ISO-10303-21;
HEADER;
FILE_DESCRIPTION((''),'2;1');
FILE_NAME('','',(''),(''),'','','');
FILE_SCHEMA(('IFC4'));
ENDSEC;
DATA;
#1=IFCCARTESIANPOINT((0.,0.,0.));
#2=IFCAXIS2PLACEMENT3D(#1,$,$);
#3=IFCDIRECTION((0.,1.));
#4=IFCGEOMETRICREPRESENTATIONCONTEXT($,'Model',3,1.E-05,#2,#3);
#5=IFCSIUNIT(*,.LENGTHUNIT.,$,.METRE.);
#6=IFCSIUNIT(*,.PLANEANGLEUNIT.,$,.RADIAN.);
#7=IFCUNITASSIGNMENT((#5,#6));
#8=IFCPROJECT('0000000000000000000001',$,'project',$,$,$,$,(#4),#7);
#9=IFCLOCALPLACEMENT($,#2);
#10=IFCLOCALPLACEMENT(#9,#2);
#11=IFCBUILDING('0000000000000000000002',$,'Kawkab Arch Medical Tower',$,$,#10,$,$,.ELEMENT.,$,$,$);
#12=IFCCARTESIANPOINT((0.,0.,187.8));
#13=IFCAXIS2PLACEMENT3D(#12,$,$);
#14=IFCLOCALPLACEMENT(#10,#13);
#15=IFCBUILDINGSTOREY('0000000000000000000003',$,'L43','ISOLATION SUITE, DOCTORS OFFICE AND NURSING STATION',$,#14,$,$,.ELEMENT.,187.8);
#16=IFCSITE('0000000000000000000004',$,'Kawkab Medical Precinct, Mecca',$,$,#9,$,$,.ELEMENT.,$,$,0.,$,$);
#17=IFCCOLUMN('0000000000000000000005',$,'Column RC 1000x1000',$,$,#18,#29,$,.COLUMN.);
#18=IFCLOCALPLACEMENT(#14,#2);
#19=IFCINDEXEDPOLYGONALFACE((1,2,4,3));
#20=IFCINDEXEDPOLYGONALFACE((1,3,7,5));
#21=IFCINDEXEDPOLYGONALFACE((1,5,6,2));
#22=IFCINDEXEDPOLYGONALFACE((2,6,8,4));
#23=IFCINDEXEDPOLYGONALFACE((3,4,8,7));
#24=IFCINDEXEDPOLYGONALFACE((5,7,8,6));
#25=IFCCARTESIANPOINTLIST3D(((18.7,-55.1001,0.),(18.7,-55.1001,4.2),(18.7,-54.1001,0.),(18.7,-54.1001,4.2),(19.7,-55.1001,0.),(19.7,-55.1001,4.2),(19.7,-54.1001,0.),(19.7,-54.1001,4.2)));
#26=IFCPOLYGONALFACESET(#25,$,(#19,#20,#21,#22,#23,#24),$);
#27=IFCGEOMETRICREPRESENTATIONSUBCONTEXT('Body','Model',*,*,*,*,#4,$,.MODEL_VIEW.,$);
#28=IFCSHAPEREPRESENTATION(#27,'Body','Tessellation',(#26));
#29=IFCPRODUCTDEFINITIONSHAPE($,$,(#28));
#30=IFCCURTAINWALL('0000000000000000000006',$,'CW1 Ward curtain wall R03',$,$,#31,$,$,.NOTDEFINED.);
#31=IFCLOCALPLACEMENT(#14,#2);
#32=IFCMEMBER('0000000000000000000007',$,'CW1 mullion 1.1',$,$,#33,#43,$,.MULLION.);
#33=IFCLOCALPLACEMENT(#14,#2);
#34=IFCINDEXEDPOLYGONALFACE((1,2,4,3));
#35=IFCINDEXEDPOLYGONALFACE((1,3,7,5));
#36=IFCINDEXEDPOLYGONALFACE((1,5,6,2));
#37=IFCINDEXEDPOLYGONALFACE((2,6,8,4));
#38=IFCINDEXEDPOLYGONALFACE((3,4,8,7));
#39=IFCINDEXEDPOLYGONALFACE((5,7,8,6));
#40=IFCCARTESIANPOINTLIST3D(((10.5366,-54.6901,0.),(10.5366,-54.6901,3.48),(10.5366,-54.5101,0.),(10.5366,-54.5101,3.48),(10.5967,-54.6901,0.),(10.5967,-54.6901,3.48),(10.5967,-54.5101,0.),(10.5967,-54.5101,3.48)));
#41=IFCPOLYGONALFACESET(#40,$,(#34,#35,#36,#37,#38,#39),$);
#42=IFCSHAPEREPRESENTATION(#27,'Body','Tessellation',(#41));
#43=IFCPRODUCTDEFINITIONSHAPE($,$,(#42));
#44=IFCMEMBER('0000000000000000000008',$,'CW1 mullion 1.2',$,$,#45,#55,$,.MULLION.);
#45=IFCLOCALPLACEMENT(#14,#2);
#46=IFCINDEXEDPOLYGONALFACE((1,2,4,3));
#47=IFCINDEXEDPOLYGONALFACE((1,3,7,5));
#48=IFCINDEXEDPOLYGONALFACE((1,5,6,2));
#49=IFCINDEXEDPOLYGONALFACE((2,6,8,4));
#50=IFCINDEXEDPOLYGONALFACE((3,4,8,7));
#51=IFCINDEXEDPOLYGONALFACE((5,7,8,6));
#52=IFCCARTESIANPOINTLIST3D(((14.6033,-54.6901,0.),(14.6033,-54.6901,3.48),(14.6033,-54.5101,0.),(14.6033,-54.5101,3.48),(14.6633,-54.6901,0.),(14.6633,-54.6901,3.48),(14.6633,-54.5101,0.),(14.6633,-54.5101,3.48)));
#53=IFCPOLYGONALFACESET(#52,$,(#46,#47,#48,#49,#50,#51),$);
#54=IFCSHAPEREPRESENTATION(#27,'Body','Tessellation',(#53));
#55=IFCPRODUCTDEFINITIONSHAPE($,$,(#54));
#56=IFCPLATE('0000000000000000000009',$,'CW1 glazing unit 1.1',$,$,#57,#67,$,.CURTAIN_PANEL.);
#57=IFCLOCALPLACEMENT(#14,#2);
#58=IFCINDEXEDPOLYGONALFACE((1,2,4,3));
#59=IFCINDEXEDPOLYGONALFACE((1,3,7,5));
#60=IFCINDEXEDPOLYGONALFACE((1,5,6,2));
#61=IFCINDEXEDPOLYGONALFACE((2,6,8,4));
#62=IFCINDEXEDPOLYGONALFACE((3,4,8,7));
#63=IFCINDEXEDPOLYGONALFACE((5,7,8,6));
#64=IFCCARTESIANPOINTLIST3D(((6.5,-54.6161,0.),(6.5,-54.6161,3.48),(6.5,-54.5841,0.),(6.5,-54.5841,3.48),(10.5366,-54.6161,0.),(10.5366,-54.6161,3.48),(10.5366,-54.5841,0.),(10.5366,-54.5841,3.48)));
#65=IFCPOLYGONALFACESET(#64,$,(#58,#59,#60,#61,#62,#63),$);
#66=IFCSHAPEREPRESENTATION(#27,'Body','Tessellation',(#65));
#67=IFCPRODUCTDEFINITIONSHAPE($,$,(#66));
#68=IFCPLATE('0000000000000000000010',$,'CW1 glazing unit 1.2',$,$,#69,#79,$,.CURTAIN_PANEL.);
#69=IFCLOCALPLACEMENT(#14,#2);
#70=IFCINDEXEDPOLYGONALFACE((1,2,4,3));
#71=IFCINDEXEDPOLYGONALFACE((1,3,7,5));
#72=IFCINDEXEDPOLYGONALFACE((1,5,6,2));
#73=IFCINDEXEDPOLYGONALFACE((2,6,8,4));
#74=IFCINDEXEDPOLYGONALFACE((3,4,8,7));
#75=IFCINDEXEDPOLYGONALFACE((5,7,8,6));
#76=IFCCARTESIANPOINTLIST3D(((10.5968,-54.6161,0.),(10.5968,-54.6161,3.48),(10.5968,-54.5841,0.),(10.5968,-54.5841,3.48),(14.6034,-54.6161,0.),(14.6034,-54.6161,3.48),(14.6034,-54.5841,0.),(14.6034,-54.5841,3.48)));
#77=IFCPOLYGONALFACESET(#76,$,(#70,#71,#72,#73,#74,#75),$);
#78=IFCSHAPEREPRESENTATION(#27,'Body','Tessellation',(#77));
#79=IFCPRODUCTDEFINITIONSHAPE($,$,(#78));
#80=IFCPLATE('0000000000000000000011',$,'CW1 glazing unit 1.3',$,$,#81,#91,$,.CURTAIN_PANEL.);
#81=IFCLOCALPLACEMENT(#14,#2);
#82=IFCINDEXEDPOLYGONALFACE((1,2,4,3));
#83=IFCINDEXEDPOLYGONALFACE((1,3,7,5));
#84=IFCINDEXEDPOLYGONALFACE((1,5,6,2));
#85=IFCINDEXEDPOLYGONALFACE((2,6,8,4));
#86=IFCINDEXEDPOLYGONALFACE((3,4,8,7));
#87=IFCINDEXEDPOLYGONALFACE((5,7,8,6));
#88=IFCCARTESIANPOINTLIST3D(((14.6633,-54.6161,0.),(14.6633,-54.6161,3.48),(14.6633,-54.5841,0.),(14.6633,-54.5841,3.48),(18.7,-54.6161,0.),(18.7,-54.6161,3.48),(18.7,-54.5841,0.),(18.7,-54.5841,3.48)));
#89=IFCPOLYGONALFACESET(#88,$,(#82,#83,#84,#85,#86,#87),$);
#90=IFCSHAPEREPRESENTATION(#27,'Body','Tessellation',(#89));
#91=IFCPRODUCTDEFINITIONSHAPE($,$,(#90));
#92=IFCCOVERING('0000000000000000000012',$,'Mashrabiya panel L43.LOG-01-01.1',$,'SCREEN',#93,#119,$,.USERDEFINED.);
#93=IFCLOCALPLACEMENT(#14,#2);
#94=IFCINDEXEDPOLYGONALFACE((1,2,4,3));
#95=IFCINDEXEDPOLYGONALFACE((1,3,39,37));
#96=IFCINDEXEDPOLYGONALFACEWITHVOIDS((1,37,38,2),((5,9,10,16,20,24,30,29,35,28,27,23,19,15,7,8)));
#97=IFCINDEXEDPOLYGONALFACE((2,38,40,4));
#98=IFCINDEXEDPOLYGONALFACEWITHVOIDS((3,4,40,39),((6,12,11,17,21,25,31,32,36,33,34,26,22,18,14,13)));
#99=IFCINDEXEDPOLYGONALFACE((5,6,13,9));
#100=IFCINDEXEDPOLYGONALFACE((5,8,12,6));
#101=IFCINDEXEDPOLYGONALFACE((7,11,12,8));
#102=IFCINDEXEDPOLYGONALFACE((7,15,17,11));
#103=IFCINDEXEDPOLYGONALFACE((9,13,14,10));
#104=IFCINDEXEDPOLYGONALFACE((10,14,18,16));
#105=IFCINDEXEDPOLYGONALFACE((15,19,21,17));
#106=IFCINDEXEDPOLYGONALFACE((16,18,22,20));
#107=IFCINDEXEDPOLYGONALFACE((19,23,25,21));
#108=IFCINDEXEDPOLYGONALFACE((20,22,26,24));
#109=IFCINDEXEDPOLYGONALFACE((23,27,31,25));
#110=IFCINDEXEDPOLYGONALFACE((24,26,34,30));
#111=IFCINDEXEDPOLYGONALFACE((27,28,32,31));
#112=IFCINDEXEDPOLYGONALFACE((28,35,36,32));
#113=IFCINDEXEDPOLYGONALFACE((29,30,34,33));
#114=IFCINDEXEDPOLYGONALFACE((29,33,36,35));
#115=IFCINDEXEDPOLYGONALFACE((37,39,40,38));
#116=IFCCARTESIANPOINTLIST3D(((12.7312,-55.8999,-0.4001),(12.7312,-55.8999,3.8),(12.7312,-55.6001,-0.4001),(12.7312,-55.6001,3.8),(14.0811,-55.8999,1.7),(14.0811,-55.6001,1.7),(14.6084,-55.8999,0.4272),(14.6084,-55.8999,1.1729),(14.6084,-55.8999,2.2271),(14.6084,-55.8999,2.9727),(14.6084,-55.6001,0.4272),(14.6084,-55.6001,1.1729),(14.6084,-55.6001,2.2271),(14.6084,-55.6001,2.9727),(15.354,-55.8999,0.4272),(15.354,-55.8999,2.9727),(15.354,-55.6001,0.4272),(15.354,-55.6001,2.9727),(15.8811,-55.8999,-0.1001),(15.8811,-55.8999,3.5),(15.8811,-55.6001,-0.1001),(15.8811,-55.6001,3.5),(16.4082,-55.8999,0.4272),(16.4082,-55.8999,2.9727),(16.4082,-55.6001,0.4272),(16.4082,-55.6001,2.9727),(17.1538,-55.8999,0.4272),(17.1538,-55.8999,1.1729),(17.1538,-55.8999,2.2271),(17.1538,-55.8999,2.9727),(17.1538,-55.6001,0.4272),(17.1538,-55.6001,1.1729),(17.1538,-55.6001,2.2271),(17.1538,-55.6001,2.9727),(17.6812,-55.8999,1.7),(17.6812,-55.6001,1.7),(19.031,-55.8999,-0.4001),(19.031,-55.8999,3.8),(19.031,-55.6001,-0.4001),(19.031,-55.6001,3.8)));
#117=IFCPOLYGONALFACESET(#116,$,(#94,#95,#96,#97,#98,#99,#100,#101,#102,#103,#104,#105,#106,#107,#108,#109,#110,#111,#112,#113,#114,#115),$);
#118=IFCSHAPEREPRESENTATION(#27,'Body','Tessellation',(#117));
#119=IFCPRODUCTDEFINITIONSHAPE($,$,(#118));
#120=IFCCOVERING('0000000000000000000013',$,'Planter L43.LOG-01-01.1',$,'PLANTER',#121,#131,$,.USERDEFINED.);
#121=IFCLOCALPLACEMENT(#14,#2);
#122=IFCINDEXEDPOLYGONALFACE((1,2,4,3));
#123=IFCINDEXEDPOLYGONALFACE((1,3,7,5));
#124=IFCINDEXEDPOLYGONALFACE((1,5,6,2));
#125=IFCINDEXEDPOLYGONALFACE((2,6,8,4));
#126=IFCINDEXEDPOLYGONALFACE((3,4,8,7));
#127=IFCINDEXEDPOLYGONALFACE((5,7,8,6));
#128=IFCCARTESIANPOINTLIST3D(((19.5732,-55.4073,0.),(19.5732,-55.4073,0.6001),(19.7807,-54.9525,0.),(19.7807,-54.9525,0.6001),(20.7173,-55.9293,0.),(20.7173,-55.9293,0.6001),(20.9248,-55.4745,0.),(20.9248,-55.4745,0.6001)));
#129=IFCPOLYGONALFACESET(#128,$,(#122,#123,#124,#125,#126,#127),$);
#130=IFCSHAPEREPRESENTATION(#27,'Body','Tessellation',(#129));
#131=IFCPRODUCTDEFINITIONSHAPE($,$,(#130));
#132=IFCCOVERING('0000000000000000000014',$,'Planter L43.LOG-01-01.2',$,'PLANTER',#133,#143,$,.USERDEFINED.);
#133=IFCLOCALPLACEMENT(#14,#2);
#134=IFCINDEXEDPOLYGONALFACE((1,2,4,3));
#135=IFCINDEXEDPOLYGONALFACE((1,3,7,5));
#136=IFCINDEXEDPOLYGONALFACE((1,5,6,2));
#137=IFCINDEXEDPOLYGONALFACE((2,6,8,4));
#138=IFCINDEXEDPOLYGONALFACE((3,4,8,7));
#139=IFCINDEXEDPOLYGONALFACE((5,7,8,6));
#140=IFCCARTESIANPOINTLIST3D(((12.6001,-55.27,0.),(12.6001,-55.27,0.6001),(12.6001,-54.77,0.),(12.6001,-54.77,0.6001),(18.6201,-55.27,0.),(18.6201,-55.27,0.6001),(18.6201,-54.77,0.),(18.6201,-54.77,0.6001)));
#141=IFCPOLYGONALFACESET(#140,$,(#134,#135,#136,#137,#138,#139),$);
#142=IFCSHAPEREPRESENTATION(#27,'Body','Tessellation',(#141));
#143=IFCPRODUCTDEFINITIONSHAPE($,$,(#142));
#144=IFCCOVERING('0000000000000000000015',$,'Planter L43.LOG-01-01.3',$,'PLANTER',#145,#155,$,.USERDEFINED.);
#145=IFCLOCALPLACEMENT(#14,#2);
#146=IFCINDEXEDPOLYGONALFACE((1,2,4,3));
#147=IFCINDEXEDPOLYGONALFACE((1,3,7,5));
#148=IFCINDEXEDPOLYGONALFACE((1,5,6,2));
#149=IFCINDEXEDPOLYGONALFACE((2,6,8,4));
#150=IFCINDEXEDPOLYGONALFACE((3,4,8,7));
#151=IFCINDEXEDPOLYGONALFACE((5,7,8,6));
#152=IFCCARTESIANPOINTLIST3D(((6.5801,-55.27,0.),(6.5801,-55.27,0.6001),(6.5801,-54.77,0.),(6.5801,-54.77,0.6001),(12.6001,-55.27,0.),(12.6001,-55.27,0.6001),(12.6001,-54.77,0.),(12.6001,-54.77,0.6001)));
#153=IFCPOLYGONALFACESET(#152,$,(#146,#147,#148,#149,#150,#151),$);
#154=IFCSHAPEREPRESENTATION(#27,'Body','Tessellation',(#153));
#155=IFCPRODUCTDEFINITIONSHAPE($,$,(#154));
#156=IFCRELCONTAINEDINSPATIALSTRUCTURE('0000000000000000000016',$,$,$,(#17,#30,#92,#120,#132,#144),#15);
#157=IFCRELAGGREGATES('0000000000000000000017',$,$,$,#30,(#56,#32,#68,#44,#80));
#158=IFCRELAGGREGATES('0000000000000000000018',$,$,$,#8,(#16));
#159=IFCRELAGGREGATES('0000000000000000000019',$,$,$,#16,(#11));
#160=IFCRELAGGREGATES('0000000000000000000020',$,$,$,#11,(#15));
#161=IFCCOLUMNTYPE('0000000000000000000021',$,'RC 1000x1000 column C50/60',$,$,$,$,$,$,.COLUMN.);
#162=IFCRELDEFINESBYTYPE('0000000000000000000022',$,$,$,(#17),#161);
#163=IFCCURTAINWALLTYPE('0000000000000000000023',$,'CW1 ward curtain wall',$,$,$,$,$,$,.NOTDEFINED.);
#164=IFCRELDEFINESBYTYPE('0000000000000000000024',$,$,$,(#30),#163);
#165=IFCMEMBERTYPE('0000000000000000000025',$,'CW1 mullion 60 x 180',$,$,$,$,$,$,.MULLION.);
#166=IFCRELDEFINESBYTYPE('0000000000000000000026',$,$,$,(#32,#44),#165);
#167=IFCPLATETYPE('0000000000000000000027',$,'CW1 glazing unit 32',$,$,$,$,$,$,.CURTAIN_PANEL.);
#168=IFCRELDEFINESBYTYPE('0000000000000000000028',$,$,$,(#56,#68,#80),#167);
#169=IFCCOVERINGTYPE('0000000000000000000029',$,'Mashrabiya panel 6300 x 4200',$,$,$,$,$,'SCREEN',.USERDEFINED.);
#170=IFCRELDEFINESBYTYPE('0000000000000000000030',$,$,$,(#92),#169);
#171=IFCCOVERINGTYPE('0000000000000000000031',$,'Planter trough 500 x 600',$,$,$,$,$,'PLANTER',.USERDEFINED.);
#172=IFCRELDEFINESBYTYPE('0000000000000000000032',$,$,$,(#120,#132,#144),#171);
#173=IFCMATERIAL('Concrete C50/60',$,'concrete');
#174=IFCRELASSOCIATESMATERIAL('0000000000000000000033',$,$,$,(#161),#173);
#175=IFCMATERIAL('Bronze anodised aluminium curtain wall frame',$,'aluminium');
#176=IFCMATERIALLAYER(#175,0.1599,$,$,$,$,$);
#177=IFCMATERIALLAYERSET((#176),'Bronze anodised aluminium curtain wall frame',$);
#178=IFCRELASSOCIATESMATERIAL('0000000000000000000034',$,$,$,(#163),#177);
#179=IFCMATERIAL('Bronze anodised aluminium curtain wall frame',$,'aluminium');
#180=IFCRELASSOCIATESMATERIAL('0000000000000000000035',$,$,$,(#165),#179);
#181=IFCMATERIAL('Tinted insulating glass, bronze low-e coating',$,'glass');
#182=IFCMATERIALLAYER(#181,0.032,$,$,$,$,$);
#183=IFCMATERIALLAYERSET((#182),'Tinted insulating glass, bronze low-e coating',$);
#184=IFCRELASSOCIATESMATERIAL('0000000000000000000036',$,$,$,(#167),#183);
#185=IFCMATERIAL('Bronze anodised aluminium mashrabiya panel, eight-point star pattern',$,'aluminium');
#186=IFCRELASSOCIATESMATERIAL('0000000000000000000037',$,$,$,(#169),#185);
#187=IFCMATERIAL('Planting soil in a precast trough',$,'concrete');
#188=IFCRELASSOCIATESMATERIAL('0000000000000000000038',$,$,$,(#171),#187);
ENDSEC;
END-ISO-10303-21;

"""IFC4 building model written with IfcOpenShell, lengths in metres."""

from ifc_helpers import new_model, si_unit, direction, frame, origin, origin_2d, place, context, subcontext, project, spatial, polyline, rectangle, outline, extrude, material, layer, layer_set, material_profile, profile_set, type_object, element, aggregate, save


model = new_model("IFC4")

# Units and contexts
model_context = context("Model", 3, precision=1e-05, world=origin(), true_north=direction((0.0, 1.0)))
body_context = subcontext(model_context, "Body", "Model", "MODEL_VIEW")
ifc_project = project(units=[si_unit("LENGTHUNIT", "METRE"), si_unit("PLANEANGLEUNIT", "RADIAN")], contexts=[model_context])

# Site, building, storey
site_placement = place(None, origin())
site = spatial("IfcSite", under=ifc_project, at=site_placement, Name="Kawkab Medical Precinct, Mecca", CompositionType="ELEMENT", RefElevation=0.0)
building_placement = place(site_placement, origin())
building = spatial("IfcBuilding", under=site, at=building_placement, Name="Kawkab Arch Medical Tower", CompositionType="ELEMENT")
storey_placement = place(building_placement, frame((0.0, 0.0, 187.8)))
storey = spatial("IfcBuildingStorey", under=building, at=storey_placement, Name="L43", Description="ISOLATION SUITE, DOCTORS OFFICE AND NURSING STATION", CompositionType="ELEMENT", Elevation=187.8)

# Column
ifc_material_1 = material(Name="Concrete C50/60", Category="concrete")
ifc_material_profile_1 = material_profile(ifc_material_1, rectangle(XDim=1.0, YDim=1.0, at=origin_2d()), Name="RC 1000x1000")
ifc_profile_set_1 = profile_set([ifc_material_profile_1], Name="Concrete C50/60")
column_type = type_object("IfcColumnType", Name="RC 1000x1000 column C50/60", PredefinedType="COLUMN", material=ifc_profile_set_1)
column_placement = place(storey_placement, frame((19.2, -54.6001, 0.0), z_axis=(0.0, 0.0, 1.0), x_axis=(1.0, 0.0, 0.0)))
element("IfcColumn", 1, at=column_placement, inside=storey, type_object=column_type, Name="Column RC 1000x1000", PredefinedType="COLUMN", context=body_context, shape_type="SweptSolid", body=[
    extrude(rectangle(XDim=1.0, YDim=1.0, at=origin_2d()), origin(), (0.0, 0.0, 1.0), 4.2),
])

# Curtain wall, members, plates
ifc_material_2 = material(Name="Bronze anodised aluminium curtain wall frame", Category="aluminium")
ifc_layer_1 = layer(ifc_material_2, 0.1599)
ifc_layer_set_1 = layer_set([ifc_layer_1], Name="Bronze anodised aluminium curtain wall frame")
curtain_wall_type = type_object("IfcCurtainWallType", Name="CW1 ward curtain wall", PredefinedType="NOTDEFINED", material=ifc_layer_set_1)
curtain_wall_placement = place(storey_placement, origin())
curtain_wall = element("IfcCurtainWall", 2, at=curtain_wall_placement, inside=storey, type_object=curtain_wall_type, Name="CW1 Ward curtain wall R03", PredefinedType="NOTDEFINED")
ifc_material_3 = material(Name="Bronze anodised aluminium curtain wall frame", Category="aluminium")
ifc_material_profile_2 = material_profile(ifc_material_3, rectangle(XDim=0.1799, YDim=0.0601, at=origin_2d()), Name="AL 60x180")
ifc_profile_set_2 = profile_set([ifc_material_profile_2], Name="Bronze anodised aluminium curtain wall frame")
member_type = type_object("IfcMemberType", Name="CW1 mullion 60 x 180", PredefinedType="MULLION", material=ifc_profile_set_2)
member_1_placement = place(storey_placement, frame((10.5667, -54.6001, 0.0), z_axis=(0.0, 0.0, 1.0), x_axis=(0.0, 1.0, 0.0)))
member_1 = element("IfcMember", 3, at=member_1_placement, type_object=member_type, Name="CW1 mullion 1.1", PredefinedType="MULLION", context=body_context, shape_type="SweptSolid", body=[
    extrude(rectangle(XDim=0.1799, YDim=0.0601, at=origin_2d()), origin(), (0.0, 0.0, 1.0), 3.48),
])
member_2_placement = place(storey_placement, frame((14.6333, -54.6001, 0.0), z_axis=(0.0, 0.0, 1.0), x_axis=(0.0, 1.0, 0.0)))
member_2 = element("IfcMember", 4, at=member_2_placement, type_object=member_type, Name="CW1 mullion 1.2", PredefinedType="MULLION", context=body_context, shape_type="SweptSolid", body=[
    extrude(rectangle(XDim=0.1799, YDim=0.0601, at=origin_2d()), origin(), (0.0, 0.0, 1.0), 3.48),
])
ifc_material_4 = material(Name="Tinted insulating glass, bronze low-e coating", Category="glass")
ifc_layer_2 = layer(ifc_material_4, 0.032)
ifc_layer_set_2 = layer_set([ifc_layer_2], Name="Tinted insulating glass, bronze low-e coating")
plate_type = type_object("IfcPlateType", Name="CW1 glazing unit 32", PredefinedType="CURTAIN_PANEL", material=ifc_layer_set_2)
plate_1_placement = place(storey_placement, frame((8.5183, -54.6001, 0.0), z_axis=(0.0, 0.0, 1.0), x_axis=(1.0, 0.0, 0.0)))
plate_1 = element("IfcPlate", 5, at=plate_1_placement, type_object=plate_type, Name="CW1 glazing unit 1.1", PredefinedType="CURTAIN_PANEL", context=body_context, shape_type="SweptSolid", body=[
    extrude(rectangle(XDim=4.0366, YDim=0.032, at=origin_2d()), origin(), (0.0, 0.0, 1.0), 3.48),
])
plate_2_placement = place(storey_placement, frame((12.6001, -54.6001, 0.0), z_axis=(0.0, 0.0, 1.0), x_axis=(1.0, 0.0, 0.0)))
plate_2 = element("IfcPlate", 6, at=plate_2_placement, type_object=plate_type, Name="CW1 glazing unit 1.2", PredefinedType="CURTAIN_PANEL", context=body_context, shape_type="SweptSolid", body=[
    extrude(rectangle(XDim=4.0066, YDim=0.032, at=origin_2d()), origin(), (0.0, 0.0, 1.0), 3.48),
])
plate_3_placement = place(storey_placement, frame((16.6816, -54.6001, 0.0), z_axis=(0.0, 0.0, 1.0), x_axis=(1.0, 0.0, 0.0)))
plate_3 = element("IfcPlate", 7, at=plate_3_placement, type_object=plate_type, Name="CW1 glazing unit 1.3", PredefinedType="CURTAIN_PANEL", context=body_context, shape_type="SweptSolid", body=[
    extrude(rectangle(XDim=4.0366, YDim=0.032, at=origin_2d()), origin(), (0.0, 0.0, 1.0), 3.48),
])
aggregate(curtain_wall, [plate_1, member_1, plate_2, member_2, plate_3])

# Coverings
ifc_material_5 = material(Name="Bronze anodised aluminium mashrabiya panel, eight-point star pattern", Category="aluminium")
ifc_material_profile_3 = material_profile(ifc_material_5, outline(polyline([(-3.1499, -2.1001), (3.1499, -2.1001), (3.1499, 2.1001), (-3.1499, 2.1001), (-3.1499, -2.1001)]), holes=[polyline([(1.8, 0.0), (1.2727, 0.5271), (1.2727, 1.2727), (0.5271, 1.2727), (0.0, 1.8), (-0.5271, 1.2727), (-1.2727, 1.2727), (-1.2727, 0.5271), (-1.8, 0.0), (-1.2727, -0.5271), (-1.2727, -1.2727), (-0.5271, -1.2727), (0.0, -1.8), (0.5271, -1.2727), (1.2727, -1.2727), (1.2727, -0.5271), (1.8, 0.0)])]), Name="Mashrabiya panel 6300x4200")
ifc_profile_set_3 = profile_set([ifc_material_profile_3], Name="Bronze anodised aluminium mashrabiya panel, eight-point star pattern")
covering_type_1 = type_object("IfcCoveringType", Name="Mashrabiya panel 6300 x 4200", ElementType="SCREEN", PredefinedType="USERDEFINED", material=ifc_profile_set_3)
covering_1_placement = place(storey_placement, frame((15.8811, -55.6001, 1.7), z_axis=(0.0, -1.0, 0.0), x_axis=(1.0, 0.0, 0.0)))
element("IfcCovering", 8, at=covering_1_placement, inside=storey, type_object=covering_type_1, Name="Mashrabiya panel L43.LOG-01-01.1", ObjectType="SCREEN", PredefinedType="USERDEFINED", context=body_context, shape_type="SweptSolid", body=[
    extrude(outline(polyline([(-3.1499, -2.1001), (3.1499, -2.1001), (3.1499, 2.1001), (-3.1499, 2.1001), (-3.1499, -2.1001)]), holes=[polyline([(1.8, 0.0), (1.2727, 0.5271), (1.2727, 1.2727), (0.5271, 1.2727), (0.0, 1.8), (-0.5271, 1.2727), (-1.2727, 1.2727), (-1.2727, 0.5271), (-1.8, 0.0), (-1.2727, -0.5271), (-1.2727, -1.2727), (-0.5271, -1.2727), (0.0, -1.8), (0.5271, -1.2727), (1.2727, -1.2727), (1.2727, -0.5271), (1.8, 0.0)])]), origin(), (0.0, 0.0, 1.0), 0.2998),
])
ifc_material_6 = material(Name="Planting soil in a precast trough", Category="concrete")
ifc_material_profile_4 = material_profile(ifc_material_6, rectangle(XDim=0.5, YDim=0.6001, at=origin_2d()), Name="Trough 500x600")
ifc_profile_set_4 = profile_set([ifc_material_profile_4], Name="Planting soil in a precast trough")
covering_type_2 = type_object("IfcCoveringType", Name="Planter trough 500 x 600", ElementType="PLANTER", PredefinedType="USERDEFINED", material=ifc_profile_set_4)
covering_2_placement = place(storey_placement, frame((20.821, -55.7019, 0.3), z_axis=(-0.90978, 0.41509, 0.0), x_axis=(-0.41509, -0.90978, 0.0)))
element("IfcCovering", 9, at=covering_2_placement, inside=storey, type_object=covering_type_2, Name="Planter L43.LOG-01-01.1", ObjectType="PLANTER", PredefinedType="USERDEFINED", context=body_context, shape_type="SweptSolid", body=[
    extrude(rectangle(XDim=0.5, YDim=0.6001, at=origin_2d()), origin(), (0.0, 0.0, 1.0), 1.2576),
])
for number, where, z_axis, x_axis, name in (
    (10, (18.6201, -55.02, 0.3), (-1.0, 0.0, 0.0), (0.0, -1.0, 0.0), "Planter L43.LOG-01-01.2"),
    (11, (12.6001, -55.02, 0.3), (-1.0, 0.0, 0.0), (0.0, -1.0, 0.0), "Planter L43.LOG-01-01.3"),
):
    element("IfcCovering", number, at=place(storey_placement, frame(where, z_axis=z_axis, x_axis=x_axis)), inside=storey, type_object=covering_type_2, Name=name, ObjectType="PLANTER", PredefinedType="USERDEFINED", context=body_context, shape_type="SweptSolid", body=[
        extrude(rectangle(XDim=0.5, YDim=0.6001, at=origin_2d()), origin(), (0.0, 0.0, 1.0), 6.02),
    ])

save(model, "model.ifc")
